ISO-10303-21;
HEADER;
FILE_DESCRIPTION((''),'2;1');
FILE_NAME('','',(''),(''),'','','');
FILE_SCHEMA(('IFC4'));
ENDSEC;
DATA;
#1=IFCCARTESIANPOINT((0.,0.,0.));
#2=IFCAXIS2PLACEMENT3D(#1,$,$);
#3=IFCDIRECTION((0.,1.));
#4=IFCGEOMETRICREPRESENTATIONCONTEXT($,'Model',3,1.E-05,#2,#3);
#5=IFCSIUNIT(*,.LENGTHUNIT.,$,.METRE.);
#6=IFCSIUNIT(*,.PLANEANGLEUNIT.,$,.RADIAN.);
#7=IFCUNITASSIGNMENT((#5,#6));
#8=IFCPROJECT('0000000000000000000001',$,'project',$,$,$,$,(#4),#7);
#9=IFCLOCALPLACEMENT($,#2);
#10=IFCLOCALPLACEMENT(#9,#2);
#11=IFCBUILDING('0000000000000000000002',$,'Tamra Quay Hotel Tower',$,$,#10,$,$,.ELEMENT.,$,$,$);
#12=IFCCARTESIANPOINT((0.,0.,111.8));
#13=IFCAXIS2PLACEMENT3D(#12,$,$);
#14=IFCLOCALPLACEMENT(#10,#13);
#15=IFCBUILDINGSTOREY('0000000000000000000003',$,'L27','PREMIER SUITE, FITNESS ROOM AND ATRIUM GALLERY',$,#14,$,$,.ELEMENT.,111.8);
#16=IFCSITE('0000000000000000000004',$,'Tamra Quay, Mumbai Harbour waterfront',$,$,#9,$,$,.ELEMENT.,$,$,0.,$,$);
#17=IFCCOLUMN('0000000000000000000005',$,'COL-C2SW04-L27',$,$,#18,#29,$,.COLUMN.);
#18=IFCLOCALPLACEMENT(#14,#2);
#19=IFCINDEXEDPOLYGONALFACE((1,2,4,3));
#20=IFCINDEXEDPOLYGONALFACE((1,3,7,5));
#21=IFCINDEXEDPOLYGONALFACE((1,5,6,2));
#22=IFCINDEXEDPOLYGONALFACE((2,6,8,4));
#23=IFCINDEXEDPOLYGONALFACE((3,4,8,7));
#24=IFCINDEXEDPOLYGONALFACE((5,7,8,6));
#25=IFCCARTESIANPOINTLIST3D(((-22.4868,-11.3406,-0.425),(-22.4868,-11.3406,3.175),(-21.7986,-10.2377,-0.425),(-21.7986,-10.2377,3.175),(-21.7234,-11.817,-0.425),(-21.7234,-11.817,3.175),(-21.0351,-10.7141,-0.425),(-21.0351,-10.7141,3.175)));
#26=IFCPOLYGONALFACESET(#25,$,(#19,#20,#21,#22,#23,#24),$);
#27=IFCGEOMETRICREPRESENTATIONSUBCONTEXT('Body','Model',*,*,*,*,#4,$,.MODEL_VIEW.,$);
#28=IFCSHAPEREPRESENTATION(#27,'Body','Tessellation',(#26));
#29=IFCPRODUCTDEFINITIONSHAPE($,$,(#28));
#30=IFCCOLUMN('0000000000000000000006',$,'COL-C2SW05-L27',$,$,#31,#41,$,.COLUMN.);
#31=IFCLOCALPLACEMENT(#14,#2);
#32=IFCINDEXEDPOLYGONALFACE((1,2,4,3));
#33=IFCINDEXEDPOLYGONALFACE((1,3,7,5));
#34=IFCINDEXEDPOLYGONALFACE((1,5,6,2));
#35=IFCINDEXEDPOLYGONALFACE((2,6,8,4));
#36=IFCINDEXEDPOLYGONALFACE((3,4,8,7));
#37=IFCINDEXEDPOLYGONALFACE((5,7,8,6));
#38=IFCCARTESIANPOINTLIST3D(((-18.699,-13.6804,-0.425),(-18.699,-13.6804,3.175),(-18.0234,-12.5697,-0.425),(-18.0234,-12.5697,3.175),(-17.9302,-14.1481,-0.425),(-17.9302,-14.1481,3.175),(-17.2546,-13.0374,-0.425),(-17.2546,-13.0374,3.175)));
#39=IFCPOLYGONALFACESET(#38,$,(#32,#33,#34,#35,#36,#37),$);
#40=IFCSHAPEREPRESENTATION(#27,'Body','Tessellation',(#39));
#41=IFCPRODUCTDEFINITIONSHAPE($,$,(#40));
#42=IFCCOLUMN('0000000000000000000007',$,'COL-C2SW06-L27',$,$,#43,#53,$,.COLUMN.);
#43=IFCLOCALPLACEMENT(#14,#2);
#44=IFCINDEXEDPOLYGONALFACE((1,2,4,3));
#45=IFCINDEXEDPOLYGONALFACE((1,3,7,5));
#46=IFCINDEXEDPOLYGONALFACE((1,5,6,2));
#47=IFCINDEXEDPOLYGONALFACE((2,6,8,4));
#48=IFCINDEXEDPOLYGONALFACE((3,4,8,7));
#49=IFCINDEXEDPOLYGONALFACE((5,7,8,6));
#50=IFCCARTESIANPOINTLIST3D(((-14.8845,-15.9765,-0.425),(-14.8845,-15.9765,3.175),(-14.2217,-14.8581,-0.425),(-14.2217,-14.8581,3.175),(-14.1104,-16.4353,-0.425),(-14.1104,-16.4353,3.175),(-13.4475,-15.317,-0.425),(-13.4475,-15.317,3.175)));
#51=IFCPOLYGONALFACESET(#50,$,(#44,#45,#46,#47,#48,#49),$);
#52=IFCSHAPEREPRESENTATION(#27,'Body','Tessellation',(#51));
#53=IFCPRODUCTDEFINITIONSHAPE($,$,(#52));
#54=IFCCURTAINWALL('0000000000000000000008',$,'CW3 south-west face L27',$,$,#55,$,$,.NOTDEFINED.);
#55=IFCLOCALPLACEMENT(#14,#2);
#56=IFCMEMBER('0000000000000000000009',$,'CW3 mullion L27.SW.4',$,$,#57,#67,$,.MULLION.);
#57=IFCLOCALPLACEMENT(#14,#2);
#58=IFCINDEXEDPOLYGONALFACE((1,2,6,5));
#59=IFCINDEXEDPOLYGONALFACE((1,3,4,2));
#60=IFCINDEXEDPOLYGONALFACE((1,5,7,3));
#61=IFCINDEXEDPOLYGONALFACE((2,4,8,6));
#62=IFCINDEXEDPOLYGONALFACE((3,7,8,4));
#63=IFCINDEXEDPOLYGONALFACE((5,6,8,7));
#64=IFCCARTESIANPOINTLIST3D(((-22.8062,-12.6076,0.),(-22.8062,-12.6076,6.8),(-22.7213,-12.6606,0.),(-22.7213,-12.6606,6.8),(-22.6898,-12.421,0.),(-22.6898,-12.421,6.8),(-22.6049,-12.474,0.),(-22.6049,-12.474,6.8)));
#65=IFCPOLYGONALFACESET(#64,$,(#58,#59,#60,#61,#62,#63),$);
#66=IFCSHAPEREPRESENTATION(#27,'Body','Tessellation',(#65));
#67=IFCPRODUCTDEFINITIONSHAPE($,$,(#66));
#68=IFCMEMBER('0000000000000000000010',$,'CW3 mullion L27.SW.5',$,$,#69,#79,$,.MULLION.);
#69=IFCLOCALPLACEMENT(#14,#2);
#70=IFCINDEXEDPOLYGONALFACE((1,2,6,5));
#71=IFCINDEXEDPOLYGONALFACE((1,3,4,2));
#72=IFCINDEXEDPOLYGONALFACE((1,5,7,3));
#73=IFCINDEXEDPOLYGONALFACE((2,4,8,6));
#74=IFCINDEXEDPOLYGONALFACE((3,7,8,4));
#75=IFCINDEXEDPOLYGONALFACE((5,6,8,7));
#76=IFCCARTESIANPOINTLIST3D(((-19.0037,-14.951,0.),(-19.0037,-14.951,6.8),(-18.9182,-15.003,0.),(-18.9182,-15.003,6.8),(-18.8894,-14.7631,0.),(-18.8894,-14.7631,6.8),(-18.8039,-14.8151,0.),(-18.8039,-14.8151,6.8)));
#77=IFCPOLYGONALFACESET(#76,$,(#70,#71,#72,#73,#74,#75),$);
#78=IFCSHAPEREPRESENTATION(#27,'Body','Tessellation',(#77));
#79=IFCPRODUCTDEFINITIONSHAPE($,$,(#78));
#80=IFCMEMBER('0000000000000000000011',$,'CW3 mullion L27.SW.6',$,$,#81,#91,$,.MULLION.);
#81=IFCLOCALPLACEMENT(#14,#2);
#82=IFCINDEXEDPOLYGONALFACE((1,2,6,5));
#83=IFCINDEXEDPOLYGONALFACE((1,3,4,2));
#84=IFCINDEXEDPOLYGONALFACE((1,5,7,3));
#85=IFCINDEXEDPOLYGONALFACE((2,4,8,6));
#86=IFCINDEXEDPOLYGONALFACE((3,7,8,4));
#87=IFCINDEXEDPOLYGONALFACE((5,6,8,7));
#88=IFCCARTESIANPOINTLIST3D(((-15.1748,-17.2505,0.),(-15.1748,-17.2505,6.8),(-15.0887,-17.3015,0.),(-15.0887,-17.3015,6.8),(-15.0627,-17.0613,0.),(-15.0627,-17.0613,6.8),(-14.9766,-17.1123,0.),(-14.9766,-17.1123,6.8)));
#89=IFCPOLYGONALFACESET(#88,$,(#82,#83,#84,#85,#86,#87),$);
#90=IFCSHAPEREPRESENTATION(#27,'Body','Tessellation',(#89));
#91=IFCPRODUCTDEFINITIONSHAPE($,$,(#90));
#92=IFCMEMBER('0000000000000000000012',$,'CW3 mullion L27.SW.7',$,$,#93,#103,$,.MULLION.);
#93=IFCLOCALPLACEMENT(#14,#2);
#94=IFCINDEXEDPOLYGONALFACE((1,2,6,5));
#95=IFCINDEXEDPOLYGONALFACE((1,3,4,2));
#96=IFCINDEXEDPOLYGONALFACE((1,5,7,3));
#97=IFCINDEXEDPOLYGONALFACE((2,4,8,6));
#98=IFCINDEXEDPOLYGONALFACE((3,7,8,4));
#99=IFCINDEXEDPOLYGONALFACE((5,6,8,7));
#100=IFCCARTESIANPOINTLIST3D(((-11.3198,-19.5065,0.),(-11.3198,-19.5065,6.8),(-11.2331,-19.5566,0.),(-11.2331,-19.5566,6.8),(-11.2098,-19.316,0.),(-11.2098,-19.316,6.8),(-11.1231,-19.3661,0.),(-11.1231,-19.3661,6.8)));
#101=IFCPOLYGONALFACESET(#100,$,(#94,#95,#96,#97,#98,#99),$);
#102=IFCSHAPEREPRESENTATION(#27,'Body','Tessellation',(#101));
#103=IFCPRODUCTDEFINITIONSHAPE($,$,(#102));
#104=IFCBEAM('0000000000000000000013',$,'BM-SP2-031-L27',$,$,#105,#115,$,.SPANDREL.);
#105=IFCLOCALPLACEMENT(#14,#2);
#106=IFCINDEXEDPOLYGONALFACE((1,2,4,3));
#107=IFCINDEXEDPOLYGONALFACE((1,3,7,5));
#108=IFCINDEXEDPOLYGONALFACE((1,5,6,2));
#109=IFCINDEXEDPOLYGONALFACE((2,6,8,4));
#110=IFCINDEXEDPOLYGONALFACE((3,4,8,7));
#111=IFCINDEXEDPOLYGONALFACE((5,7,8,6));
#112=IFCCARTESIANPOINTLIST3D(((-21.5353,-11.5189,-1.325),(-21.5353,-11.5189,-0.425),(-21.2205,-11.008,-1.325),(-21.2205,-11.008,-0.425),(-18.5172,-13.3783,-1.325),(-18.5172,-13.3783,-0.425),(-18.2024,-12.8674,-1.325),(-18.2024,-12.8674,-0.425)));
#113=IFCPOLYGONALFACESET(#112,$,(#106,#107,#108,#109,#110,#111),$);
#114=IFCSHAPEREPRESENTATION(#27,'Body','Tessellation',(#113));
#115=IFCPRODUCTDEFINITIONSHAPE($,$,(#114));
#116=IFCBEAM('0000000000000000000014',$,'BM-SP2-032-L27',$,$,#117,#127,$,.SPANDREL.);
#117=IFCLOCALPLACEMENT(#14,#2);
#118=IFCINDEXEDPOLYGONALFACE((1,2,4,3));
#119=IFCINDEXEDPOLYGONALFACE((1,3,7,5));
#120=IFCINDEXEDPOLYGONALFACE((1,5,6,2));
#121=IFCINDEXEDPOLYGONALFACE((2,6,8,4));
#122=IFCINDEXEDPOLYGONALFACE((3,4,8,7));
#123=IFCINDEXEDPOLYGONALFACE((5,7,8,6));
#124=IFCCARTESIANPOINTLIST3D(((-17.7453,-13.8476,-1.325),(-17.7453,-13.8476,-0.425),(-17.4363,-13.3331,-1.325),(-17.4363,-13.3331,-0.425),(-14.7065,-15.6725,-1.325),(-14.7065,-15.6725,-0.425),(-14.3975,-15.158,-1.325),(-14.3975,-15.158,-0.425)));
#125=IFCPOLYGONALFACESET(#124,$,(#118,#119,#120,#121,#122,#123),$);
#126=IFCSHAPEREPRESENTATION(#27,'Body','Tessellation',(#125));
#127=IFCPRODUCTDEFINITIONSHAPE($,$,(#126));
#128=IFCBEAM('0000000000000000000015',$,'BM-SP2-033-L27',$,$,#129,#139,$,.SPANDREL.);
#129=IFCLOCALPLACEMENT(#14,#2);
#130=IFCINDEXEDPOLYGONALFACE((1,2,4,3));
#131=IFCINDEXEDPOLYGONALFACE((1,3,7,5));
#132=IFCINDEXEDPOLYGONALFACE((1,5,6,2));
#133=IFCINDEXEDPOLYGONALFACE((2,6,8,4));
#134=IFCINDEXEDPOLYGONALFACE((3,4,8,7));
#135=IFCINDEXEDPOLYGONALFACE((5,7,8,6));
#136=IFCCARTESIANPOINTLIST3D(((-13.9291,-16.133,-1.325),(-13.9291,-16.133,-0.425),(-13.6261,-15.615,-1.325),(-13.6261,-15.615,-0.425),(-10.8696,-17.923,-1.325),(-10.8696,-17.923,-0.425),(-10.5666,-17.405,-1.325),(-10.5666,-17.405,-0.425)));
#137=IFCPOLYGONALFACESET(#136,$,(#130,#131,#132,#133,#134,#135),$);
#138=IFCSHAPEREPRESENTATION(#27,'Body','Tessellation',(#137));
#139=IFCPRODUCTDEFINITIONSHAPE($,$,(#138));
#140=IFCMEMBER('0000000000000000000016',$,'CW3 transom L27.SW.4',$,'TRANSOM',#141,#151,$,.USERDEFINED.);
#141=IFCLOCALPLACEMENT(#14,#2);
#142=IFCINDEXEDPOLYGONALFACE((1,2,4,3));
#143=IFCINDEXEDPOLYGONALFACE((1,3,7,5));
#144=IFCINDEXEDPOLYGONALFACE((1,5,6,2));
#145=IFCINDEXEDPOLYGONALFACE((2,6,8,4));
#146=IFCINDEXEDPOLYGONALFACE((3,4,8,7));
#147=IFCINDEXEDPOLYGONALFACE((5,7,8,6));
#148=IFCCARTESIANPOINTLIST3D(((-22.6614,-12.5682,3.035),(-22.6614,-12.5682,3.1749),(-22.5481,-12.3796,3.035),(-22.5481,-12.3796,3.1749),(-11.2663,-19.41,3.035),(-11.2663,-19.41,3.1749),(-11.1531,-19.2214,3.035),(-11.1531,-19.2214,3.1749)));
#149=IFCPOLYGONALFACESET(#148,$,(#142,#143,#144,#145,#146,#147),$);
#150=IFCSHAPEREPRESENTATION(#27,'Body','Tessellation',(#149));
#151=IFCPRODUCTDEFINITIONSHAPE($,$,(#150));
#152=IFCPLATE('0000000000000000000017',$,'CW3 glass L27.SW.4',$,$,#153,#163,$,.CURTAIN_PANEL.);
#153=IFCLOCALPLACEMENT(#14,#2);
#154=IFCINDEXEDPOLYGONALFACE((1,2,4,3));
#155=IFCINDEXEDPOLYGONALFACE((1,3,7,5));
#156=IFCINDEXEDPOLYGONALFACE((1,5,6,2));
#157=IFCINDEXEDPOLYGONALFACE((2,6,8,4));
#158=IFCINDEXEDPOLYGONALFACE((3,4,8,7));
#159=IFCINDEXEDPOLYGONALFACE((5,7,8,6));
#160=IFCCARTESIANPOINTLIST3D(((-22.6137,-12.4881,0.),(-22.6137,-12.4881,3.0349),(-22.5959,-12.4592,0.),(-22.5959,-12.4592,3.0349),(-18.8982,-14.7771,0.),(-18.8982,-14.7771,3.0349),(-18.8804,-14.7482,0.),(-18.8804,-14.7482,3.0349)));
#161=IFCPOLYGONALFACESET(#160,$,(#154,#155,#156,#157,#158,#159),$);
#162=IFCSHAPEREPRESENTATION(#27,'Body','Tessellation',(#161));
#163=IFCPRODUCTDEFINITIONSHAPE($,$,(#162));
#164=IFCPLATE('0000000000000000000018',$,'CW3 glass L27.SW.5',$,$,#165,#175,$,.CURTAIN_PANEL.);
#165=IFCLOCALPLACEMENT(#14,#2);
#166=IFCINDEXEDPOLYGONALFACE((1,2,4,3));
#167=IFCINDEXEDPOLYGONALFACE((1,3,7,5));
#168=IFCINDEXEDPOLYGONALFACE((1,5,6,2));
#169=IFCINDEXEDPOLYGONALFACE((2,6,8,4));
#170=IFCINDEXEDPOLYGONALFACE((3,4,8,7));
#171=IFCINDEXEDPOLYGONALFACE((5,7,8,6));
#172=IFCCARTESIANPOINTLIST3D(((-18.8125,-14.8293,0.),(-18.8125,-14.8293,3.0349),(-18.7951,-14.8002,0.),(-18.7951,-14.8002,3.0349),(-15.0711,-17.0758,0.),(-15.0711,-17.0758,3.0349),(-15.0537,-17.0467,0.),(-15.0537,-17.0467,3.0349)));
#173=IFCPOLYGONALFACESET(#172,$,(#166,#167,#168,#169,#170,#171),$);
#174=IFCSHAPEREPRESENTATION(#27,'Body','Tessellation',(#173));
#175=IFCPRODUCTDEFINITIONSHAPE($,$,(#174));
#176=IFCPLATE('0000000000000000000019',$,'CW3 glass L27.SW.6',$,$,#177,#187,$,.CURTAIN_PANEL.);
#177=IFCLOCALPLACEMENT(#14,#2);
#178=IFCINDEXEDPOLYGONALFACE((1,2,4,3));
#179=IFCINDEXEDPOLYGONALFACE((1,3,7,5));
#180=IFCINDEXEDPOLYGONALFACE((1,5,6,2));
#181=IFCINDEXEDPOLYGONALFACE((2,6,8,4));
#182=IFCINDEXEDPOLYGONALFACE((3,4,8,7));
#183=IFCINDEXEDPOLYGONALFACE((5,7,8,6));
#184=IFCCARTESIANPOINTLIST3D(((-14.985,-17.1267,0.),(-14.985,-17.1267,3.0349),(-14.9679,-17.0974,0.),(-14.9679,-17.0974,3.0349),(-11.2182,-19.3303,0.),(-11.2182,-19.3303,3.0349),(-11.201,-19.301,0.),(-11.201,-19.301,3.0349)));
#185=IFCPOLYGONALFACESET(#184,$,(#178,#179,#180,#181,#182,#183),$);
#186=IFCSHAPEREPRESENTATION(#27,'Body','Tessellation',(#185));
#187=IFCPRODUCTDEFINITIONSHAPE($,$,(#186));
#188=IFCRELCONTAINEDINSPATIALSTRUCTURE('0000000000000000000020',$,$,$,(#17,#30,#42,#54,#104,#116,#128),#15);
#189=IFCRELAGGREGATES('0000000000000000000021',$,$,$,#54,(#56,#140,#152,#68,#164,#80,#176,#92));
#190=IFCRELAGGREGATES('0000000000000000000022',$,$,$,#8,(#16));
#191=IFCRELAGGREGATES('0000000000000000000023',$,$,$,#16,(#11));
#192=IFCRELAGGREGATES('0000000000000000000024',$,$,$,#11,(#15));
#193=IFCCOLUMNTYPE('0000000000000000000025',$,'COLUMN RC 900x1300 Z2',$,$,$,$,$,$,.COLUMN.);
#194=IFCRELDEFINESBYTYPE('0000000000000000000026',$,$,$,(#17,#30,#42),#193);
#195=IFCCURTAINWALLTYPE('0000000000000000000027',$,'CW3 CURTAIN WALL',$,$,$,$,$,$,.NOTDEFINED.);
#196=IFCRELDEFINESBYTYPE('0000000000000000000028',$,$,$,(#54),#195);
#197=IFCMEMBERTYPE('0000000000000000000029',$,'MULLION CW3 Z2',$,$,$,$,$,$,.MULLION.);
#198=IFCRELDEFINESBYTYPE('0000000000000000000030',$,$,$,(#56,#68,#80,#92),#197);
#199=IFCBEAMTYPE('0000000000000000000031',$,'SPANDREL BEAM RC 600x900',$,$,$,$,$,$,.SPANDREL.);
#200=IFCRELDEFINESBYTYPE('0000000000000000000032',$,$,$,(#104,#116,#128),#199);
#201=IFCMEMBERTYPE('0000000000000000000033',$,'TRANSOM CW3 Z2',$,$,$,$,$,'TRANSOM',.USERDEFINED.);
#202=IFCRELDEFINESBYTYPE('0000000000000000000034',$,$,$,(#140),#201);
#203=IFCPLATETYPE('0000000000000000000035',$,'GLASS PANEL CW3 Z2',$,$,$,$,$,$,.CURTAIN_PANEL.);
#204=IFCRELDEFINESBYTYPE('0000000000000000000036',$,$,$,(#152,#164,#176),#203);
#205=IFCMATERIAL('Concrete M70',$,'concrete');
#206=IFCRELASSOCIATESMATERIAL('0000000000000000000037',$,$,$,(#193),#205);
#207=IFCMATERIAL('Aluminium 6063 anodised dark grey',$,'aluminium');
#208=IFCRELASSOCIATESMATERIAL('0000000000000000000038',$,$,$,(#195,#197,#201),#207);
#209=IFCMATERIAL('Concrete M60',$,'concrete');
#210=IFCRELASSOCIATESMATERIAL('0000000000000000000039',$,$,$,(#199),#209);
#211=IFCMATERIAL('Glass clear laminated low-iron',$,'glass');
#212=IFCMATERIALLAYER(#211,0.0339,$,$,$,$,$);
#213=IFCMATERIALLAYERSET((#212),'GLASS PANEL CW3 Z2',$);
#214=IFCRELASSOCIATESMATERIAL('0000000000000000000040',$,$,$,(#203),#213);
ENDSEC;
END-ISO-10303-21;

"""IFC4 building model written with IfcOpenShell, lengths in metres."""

from ifc_helpers import new_model, si_unit, direction, frame, origin, origin_2d, place, context, subcontext, project, spatial, rectangle, extrude, material, layer, layer_set, material_profile, profile_set, type_object, element, aggregate, save


model = new_model("IFC4")

# Units and contexts
model_context = context("Model", 3, precision=1e-05, world=origin(), true_north=direction((0.0, 1.0)))
body_context = subcontext(model_context, "Body", "Model", "MODEL_VIEW")
ifc_project = project(units=[si_unit("LENGTHUNIT", "METRE"), si_unit("PLANEANGLEUNIT", "RADIAN")], contexts=[model_context])

# Site, building, storey
site_placement = place(None, origin())
site = spatial("IfcSite", under=ifc_project, at=site_placement, Name="Tamra Quay, Mumbai Harbour waterfront", CompositionType="ELEMENT", RefElevation=0.0)
building_placement = place(site_placement, origin())
building = spatial("IfcBuilding", under=site, at=building_placement, Name="Tamra Quay Hotel Tower", CompositionType="ELEMENT")
storey_placement = place(building_placement, frame((0.0, 0.0, 111.8)))
storey = spatial("IfcBuildingStorey", under=building, at=storey_placement, Name="L27", Description="PREMIER SUITE, FITNESS ROOM AND ATRIUM GALLERY", CompositionType="ELEMENT", Elevation=111.8)

# Columns
ifc_material_1 = material(Name="Concrete M70", Category="concrete")
ifc_material_profile_1 = material_profile(ifc_material_1, rectangle(XDim=1.3, YDim=0.8999, at=origin_2d()), Name="COLUMN RC 900x1300 Z2")
ifc_profile_set_1 = profile_set([ifc_material_profile_1], Name="Concrete M70")
column_type = type_object("IfcColumnType", Name="COLUMN RC 900x1300 Z2", PredefinedType="COLUMN", material=ifc_profile_set_1)
for number, where, z_axis, x_axis, name in (
    (1, (-21.761, -11.0273, -0.425), (0.0, 0.0, 1.0), (0.52941, 0.848366, 0.0), "COL-C2SW04-L27"),
    (2, (-17.9768, -13.3589, -0.425), (0.0, 0.0, 1.0), (0.519679, 0.854362, 0.0), "COL-C2SW05-L27"),
    (3, (-14.166, -15.6467, -0.425), (0.0, 0.0, 1.0), (0.509873, 0.860249, 0.0), "COL-C2SW06-L27"),
):
    element("IfcColumn", number, at=place(storey_placement, frame(where, z_axis=z_axis, x_axis=x_axis)), inside=storey, type_object=column_type, Name=name, PredefinedType="COLUMN", context=body_context, shape_type="SweptSolid", body=[
        extrude(rectangle(XDim=1.3, YDim=0.8999, at=origin_2d()), origin(), (0.0, 0.0, 1.0), 3.6001),
    ])

# Curtain wall, members
ifc_material_2 = material(Name="Aluminium 6063 anodised dark grey", Category="aluminium")
curtain_wall_type = type_object("IfcCurtainWallType", Name="CW3 CURTAIN WALL", PredefinedType="NOTDEFINED", material=ifc_material_2)
curtain_wall_placement = place(storey_placement, origin())
curtain_wall = element("IfcCurtainWall", 4, at=curtain_wall_placement, inside=storey, type_object=curtain_wall_type, Name="CW3 south-west face L27", PredefinedType="NOTDEFINED")
ifc_material_profile_2 = material_profile(ifc_material_2, rectangle(XDim=0.22, YDim=0.1001, at=origin_2d()), Name="MULLION 100X220")
ifc_profile_set_2 = profile_set([ifc_material_profile_2], Name="Aluminium 6063 anodised dark grey")
member_type_1 = type_object("IfcMemberType", Name="MULLION CW3 Z2", PredefinedType="MULLION", material=ifc_profile_set_2)
member_1_placement = place(storey_placement, frame((-22.7056, -12.5408, 0.0), z_axis=(0.0, 0.0, 1.0), x_axis=(-0.529364, -0.848395, 0.0)))
member_1 = element("IfcMember", 5, at=member_1_placement, type_object=member_type_1, Name="CW3 mullion L27.SW.4", PredefinedType="MULLION", context=body_context, shape_type="SweptSolid", body=[
    extrude(rectangle(XDim=0.22, YDim=0.1001, at=origin_2d()), origin(), (0.0, 0.0, 1.0), 6.8),
])
member_2_placement = place(storey_placement, frame((-18.9038, -14.8831, 0.0), z_axis=(0.0, 0.0, 1.0), x_axis=(-0.51965, -0.854379, 0.0)))
member_2 = element("IfcMember", 6, at=member_2_placement, type_object=member_type_1, Name="CW3 mullion L27.SW.5", PredefinedType="MULLION", context=body_context, shape_type="SweptSolid", body=[
    extrude(rectangle(XDim=0.22, YDim=0.1001, at=origin_2d()), origin(), (0.0, 0.0, 1.0), 6.8),
])
member_3_placement = place(storey_placement, frame((-15.0757, -17.1814, 0.0), z_axis=(0.0, 0.0, 1.0), x_axis=(-0.50986, -0.860257, 0.0)))
member_3 = element("IfcMember", 7, at=member_3_placement, type_object=member_type_1, Name="CW3 mullion L27.SW.6", PredefinedType="MULLION", context=body_context, shape_type="SweptSolid", body=[
    extrude(rectangle(XDim=0.22, YDim=0.1001, at=origin_2d()), origin(), (0.0, 0.0, 1.0), 6.8),
])
member_4_placement = place(storey_placement, frame((-11.2214, -19.4363, 0.0), z_axis=(0.0, 0.0, 1.0), x_axis=(-0.5, -0.866025, 0.0)))
member_4 = element("IfcMember", 8, at=member_4_placement, type_object=member_type_1, Name="CW3 mullion L27.SW.7", PredefinedType="MULLION", context=body_context, shape_type="SweptSolid", body=[
    extrude(rectangle(XDim=0.22, YDim=0.1001, at=origin_2d()), origin(), (0.0, 0.0, 1.0), 6.8),
])

# Beams
ifc_material_3 = material(Name="Concrete M60", Category="concrete")
ifc_material_profile_3 = material_profile(ifc_material_3, rectangle(XDim=0.6001, YDim=0.8999, at=origin_2d()), Name="SPANDREL BEAM RC 600x900")
ifc_profile_set_3 = profile_set([ifc_material_profile_3], Name="Concrete M60")
beam_type = type_object("IfcBeamType", Name="SPANDREL BEAM RC 600x900", PredefinedType="SPANDREL", material=ifc_profile_set_3)
beam_placement = place(storey_placement, frame((-21.3779, -11.2634, -0.875), z_axis=(0.851393, -0.524528, 0.0), x_axis=(0.524528, 0.851393, 0.0)))
element("IfcBeam", 9, at=beam_placement, inside=storey, type_object=beam_type, Name="BM-SP2-031-L27", PredefinedType="SPANDREL", context=body_context, shape_type="SweptSolid", body=[
    extrude(rectangle(XDim=0.6001, YDim=0.8999, at=origin_2d()), origin(), (0.0, 0.0, 1.0), 3.5449),
])
for number, where, z_axis, x_axis, name in (
    (10, (-17.5908, -13.5903, -0.875), (0.857286, -0.51484, 0.0), (0.51484, 0.857286, 0.0), "BM-SP2-032-L27"),
    (11, (-13.7776, -15.874, -0.875), (0.863129, -0.504984, 0.0), (0.504984, 0.863129, 0.0), "BM-SP2-033-L27"),
):
    element("IfcBeam", number, at=place(storey_placement, frame(where, z_axis=z_axis, x_axis=x_axis)), inside=storey, type_object=beam_type, Name=name, PredefinedType="SPANDREL", context=body_context, shape_type="SweptSolid", body=[
        extrude(rectangle(XDim=0.6001, YDim=0.8999, at=origin_2d()), origin(), (0.0, 0.0, 1.0), 3.5447),
    ])

# Member
ifc_material_profile_4 = material_profile(ifc_material_2, rectangle(XDim=0.22, YDim=0.1399, at=origin_2d()), Name="TRANSOM 220X140")
ifc_profile_set_4 = profile_set([ifc_material_profile_4], Name="Aluminium 6063 anodised dark grey")
member_type_2 = type_object("IfcMemberType", Name="TRANSOM CW3 Z2", ElementType="TRANSOM", PredefinedType="USERDEFINED", material=ifc_profile_set_4)
member_5_placement = place(storey_placement, frame((-22.6047, -12.4739, 3.105), z_axis=(0.857334, -0.51476, 0.0), x_axis=(0.51476, 0.857334, 0.0)))
member_5 = element("IfcMember", 12, at=member_5_placement, type_object=member_type_2, Name="CW3 transom L27.SW.4", ObjectType="TRANSOM", PredefinedType="USERDEFINED", context=body_context, shape_type="SweptSolid", body=[
    extrude(rectangle(XDim=0.22, YDim=0.1399, at=origin_2d()), origin(), (0.0, 0.0, 1.0), 13.2913),
])

# Plates
ifc_material_4 = material(Name="Glass clear laminated low-iron", Category="glass")
ifc_layer_1 = layer(ifc_material_4, 0.0339)
ifc_layer_set_1 = layer_set([ifc_layer_1], Name="GLASS PANEL CW3 Z2")
plate_type = type_object("IfcPlateType", Name="GLASS PANEL CW3 Z2", PredefinedType="CURTAIN_PANEL", material=ifc_layer_set_1)
plate_1_placement = place(storey_placement, frame((-20.7471, -13.6182, 0.0), z_axis=(0.0, 0.0, 1.0), x_axis=(0.851399, -0.524518, 0.0)))
plate_1 = element("IfcPlate", 13, at=plate_1_placement, type_object=plate_type, Name="CW3 glass L27.SW.4", PredefinedType="CURTAIN_PANEL", context=body_context, shape_type="SweptSolid", body=[
    extrude(rectangle(XDim=4.364, YDim=0.0339, at=origin_2d()), origin(), (0.0, 0.0, 1.0), 3.0349),
])
plate_2_placement = place(storey_placement, frame((-16.9331, -15.938, 0.0), z_axis=(0.0, 0.0, 1.0), x_axis=(0.857331, -0.514765, 0.0)))
plate_2 = element("IfcPlate", 14, at=plate_2_placement, type_object=plate_type, Name="CW3 glass L27.SW.5", PredefinedType="CURTAIN_PANEL", context=body_context, shape_type="SweptSolid", body=[
    extrude(rectangle(XDim=4.364, YDim=0.0339, at=origin_2d()), origin(), (0.0, 0.0, 1.0), 3.0349),
])
plate_3_placement = place(storey_placement, frame((-13.093, -18.2139, 0.0), z_axis=(0.0, 0.0, 1.0), x_axis=(0.863155, -0.504939, 0.0)))
plate_3 = element("IfcPlate", 15, at=plate_3_placement, type_object=plate_type, Name="CW3 glass L27.SW.6", PredefinedType="CURTAIN_PANEL", context=body_context, shape_type="SweptSolid", body=[
    extrude(rectangle(XDim=4.364, YDim=0.0339, at=origin_2d()), origin(), (0.0, 0.0, 1.0), 3.0349),
])
aggregate(curtain_wall, [member_1, member_5, plate_1, member_2, plate_2, member_3, plate_3, member_4])

save(model, "model.ifc")
